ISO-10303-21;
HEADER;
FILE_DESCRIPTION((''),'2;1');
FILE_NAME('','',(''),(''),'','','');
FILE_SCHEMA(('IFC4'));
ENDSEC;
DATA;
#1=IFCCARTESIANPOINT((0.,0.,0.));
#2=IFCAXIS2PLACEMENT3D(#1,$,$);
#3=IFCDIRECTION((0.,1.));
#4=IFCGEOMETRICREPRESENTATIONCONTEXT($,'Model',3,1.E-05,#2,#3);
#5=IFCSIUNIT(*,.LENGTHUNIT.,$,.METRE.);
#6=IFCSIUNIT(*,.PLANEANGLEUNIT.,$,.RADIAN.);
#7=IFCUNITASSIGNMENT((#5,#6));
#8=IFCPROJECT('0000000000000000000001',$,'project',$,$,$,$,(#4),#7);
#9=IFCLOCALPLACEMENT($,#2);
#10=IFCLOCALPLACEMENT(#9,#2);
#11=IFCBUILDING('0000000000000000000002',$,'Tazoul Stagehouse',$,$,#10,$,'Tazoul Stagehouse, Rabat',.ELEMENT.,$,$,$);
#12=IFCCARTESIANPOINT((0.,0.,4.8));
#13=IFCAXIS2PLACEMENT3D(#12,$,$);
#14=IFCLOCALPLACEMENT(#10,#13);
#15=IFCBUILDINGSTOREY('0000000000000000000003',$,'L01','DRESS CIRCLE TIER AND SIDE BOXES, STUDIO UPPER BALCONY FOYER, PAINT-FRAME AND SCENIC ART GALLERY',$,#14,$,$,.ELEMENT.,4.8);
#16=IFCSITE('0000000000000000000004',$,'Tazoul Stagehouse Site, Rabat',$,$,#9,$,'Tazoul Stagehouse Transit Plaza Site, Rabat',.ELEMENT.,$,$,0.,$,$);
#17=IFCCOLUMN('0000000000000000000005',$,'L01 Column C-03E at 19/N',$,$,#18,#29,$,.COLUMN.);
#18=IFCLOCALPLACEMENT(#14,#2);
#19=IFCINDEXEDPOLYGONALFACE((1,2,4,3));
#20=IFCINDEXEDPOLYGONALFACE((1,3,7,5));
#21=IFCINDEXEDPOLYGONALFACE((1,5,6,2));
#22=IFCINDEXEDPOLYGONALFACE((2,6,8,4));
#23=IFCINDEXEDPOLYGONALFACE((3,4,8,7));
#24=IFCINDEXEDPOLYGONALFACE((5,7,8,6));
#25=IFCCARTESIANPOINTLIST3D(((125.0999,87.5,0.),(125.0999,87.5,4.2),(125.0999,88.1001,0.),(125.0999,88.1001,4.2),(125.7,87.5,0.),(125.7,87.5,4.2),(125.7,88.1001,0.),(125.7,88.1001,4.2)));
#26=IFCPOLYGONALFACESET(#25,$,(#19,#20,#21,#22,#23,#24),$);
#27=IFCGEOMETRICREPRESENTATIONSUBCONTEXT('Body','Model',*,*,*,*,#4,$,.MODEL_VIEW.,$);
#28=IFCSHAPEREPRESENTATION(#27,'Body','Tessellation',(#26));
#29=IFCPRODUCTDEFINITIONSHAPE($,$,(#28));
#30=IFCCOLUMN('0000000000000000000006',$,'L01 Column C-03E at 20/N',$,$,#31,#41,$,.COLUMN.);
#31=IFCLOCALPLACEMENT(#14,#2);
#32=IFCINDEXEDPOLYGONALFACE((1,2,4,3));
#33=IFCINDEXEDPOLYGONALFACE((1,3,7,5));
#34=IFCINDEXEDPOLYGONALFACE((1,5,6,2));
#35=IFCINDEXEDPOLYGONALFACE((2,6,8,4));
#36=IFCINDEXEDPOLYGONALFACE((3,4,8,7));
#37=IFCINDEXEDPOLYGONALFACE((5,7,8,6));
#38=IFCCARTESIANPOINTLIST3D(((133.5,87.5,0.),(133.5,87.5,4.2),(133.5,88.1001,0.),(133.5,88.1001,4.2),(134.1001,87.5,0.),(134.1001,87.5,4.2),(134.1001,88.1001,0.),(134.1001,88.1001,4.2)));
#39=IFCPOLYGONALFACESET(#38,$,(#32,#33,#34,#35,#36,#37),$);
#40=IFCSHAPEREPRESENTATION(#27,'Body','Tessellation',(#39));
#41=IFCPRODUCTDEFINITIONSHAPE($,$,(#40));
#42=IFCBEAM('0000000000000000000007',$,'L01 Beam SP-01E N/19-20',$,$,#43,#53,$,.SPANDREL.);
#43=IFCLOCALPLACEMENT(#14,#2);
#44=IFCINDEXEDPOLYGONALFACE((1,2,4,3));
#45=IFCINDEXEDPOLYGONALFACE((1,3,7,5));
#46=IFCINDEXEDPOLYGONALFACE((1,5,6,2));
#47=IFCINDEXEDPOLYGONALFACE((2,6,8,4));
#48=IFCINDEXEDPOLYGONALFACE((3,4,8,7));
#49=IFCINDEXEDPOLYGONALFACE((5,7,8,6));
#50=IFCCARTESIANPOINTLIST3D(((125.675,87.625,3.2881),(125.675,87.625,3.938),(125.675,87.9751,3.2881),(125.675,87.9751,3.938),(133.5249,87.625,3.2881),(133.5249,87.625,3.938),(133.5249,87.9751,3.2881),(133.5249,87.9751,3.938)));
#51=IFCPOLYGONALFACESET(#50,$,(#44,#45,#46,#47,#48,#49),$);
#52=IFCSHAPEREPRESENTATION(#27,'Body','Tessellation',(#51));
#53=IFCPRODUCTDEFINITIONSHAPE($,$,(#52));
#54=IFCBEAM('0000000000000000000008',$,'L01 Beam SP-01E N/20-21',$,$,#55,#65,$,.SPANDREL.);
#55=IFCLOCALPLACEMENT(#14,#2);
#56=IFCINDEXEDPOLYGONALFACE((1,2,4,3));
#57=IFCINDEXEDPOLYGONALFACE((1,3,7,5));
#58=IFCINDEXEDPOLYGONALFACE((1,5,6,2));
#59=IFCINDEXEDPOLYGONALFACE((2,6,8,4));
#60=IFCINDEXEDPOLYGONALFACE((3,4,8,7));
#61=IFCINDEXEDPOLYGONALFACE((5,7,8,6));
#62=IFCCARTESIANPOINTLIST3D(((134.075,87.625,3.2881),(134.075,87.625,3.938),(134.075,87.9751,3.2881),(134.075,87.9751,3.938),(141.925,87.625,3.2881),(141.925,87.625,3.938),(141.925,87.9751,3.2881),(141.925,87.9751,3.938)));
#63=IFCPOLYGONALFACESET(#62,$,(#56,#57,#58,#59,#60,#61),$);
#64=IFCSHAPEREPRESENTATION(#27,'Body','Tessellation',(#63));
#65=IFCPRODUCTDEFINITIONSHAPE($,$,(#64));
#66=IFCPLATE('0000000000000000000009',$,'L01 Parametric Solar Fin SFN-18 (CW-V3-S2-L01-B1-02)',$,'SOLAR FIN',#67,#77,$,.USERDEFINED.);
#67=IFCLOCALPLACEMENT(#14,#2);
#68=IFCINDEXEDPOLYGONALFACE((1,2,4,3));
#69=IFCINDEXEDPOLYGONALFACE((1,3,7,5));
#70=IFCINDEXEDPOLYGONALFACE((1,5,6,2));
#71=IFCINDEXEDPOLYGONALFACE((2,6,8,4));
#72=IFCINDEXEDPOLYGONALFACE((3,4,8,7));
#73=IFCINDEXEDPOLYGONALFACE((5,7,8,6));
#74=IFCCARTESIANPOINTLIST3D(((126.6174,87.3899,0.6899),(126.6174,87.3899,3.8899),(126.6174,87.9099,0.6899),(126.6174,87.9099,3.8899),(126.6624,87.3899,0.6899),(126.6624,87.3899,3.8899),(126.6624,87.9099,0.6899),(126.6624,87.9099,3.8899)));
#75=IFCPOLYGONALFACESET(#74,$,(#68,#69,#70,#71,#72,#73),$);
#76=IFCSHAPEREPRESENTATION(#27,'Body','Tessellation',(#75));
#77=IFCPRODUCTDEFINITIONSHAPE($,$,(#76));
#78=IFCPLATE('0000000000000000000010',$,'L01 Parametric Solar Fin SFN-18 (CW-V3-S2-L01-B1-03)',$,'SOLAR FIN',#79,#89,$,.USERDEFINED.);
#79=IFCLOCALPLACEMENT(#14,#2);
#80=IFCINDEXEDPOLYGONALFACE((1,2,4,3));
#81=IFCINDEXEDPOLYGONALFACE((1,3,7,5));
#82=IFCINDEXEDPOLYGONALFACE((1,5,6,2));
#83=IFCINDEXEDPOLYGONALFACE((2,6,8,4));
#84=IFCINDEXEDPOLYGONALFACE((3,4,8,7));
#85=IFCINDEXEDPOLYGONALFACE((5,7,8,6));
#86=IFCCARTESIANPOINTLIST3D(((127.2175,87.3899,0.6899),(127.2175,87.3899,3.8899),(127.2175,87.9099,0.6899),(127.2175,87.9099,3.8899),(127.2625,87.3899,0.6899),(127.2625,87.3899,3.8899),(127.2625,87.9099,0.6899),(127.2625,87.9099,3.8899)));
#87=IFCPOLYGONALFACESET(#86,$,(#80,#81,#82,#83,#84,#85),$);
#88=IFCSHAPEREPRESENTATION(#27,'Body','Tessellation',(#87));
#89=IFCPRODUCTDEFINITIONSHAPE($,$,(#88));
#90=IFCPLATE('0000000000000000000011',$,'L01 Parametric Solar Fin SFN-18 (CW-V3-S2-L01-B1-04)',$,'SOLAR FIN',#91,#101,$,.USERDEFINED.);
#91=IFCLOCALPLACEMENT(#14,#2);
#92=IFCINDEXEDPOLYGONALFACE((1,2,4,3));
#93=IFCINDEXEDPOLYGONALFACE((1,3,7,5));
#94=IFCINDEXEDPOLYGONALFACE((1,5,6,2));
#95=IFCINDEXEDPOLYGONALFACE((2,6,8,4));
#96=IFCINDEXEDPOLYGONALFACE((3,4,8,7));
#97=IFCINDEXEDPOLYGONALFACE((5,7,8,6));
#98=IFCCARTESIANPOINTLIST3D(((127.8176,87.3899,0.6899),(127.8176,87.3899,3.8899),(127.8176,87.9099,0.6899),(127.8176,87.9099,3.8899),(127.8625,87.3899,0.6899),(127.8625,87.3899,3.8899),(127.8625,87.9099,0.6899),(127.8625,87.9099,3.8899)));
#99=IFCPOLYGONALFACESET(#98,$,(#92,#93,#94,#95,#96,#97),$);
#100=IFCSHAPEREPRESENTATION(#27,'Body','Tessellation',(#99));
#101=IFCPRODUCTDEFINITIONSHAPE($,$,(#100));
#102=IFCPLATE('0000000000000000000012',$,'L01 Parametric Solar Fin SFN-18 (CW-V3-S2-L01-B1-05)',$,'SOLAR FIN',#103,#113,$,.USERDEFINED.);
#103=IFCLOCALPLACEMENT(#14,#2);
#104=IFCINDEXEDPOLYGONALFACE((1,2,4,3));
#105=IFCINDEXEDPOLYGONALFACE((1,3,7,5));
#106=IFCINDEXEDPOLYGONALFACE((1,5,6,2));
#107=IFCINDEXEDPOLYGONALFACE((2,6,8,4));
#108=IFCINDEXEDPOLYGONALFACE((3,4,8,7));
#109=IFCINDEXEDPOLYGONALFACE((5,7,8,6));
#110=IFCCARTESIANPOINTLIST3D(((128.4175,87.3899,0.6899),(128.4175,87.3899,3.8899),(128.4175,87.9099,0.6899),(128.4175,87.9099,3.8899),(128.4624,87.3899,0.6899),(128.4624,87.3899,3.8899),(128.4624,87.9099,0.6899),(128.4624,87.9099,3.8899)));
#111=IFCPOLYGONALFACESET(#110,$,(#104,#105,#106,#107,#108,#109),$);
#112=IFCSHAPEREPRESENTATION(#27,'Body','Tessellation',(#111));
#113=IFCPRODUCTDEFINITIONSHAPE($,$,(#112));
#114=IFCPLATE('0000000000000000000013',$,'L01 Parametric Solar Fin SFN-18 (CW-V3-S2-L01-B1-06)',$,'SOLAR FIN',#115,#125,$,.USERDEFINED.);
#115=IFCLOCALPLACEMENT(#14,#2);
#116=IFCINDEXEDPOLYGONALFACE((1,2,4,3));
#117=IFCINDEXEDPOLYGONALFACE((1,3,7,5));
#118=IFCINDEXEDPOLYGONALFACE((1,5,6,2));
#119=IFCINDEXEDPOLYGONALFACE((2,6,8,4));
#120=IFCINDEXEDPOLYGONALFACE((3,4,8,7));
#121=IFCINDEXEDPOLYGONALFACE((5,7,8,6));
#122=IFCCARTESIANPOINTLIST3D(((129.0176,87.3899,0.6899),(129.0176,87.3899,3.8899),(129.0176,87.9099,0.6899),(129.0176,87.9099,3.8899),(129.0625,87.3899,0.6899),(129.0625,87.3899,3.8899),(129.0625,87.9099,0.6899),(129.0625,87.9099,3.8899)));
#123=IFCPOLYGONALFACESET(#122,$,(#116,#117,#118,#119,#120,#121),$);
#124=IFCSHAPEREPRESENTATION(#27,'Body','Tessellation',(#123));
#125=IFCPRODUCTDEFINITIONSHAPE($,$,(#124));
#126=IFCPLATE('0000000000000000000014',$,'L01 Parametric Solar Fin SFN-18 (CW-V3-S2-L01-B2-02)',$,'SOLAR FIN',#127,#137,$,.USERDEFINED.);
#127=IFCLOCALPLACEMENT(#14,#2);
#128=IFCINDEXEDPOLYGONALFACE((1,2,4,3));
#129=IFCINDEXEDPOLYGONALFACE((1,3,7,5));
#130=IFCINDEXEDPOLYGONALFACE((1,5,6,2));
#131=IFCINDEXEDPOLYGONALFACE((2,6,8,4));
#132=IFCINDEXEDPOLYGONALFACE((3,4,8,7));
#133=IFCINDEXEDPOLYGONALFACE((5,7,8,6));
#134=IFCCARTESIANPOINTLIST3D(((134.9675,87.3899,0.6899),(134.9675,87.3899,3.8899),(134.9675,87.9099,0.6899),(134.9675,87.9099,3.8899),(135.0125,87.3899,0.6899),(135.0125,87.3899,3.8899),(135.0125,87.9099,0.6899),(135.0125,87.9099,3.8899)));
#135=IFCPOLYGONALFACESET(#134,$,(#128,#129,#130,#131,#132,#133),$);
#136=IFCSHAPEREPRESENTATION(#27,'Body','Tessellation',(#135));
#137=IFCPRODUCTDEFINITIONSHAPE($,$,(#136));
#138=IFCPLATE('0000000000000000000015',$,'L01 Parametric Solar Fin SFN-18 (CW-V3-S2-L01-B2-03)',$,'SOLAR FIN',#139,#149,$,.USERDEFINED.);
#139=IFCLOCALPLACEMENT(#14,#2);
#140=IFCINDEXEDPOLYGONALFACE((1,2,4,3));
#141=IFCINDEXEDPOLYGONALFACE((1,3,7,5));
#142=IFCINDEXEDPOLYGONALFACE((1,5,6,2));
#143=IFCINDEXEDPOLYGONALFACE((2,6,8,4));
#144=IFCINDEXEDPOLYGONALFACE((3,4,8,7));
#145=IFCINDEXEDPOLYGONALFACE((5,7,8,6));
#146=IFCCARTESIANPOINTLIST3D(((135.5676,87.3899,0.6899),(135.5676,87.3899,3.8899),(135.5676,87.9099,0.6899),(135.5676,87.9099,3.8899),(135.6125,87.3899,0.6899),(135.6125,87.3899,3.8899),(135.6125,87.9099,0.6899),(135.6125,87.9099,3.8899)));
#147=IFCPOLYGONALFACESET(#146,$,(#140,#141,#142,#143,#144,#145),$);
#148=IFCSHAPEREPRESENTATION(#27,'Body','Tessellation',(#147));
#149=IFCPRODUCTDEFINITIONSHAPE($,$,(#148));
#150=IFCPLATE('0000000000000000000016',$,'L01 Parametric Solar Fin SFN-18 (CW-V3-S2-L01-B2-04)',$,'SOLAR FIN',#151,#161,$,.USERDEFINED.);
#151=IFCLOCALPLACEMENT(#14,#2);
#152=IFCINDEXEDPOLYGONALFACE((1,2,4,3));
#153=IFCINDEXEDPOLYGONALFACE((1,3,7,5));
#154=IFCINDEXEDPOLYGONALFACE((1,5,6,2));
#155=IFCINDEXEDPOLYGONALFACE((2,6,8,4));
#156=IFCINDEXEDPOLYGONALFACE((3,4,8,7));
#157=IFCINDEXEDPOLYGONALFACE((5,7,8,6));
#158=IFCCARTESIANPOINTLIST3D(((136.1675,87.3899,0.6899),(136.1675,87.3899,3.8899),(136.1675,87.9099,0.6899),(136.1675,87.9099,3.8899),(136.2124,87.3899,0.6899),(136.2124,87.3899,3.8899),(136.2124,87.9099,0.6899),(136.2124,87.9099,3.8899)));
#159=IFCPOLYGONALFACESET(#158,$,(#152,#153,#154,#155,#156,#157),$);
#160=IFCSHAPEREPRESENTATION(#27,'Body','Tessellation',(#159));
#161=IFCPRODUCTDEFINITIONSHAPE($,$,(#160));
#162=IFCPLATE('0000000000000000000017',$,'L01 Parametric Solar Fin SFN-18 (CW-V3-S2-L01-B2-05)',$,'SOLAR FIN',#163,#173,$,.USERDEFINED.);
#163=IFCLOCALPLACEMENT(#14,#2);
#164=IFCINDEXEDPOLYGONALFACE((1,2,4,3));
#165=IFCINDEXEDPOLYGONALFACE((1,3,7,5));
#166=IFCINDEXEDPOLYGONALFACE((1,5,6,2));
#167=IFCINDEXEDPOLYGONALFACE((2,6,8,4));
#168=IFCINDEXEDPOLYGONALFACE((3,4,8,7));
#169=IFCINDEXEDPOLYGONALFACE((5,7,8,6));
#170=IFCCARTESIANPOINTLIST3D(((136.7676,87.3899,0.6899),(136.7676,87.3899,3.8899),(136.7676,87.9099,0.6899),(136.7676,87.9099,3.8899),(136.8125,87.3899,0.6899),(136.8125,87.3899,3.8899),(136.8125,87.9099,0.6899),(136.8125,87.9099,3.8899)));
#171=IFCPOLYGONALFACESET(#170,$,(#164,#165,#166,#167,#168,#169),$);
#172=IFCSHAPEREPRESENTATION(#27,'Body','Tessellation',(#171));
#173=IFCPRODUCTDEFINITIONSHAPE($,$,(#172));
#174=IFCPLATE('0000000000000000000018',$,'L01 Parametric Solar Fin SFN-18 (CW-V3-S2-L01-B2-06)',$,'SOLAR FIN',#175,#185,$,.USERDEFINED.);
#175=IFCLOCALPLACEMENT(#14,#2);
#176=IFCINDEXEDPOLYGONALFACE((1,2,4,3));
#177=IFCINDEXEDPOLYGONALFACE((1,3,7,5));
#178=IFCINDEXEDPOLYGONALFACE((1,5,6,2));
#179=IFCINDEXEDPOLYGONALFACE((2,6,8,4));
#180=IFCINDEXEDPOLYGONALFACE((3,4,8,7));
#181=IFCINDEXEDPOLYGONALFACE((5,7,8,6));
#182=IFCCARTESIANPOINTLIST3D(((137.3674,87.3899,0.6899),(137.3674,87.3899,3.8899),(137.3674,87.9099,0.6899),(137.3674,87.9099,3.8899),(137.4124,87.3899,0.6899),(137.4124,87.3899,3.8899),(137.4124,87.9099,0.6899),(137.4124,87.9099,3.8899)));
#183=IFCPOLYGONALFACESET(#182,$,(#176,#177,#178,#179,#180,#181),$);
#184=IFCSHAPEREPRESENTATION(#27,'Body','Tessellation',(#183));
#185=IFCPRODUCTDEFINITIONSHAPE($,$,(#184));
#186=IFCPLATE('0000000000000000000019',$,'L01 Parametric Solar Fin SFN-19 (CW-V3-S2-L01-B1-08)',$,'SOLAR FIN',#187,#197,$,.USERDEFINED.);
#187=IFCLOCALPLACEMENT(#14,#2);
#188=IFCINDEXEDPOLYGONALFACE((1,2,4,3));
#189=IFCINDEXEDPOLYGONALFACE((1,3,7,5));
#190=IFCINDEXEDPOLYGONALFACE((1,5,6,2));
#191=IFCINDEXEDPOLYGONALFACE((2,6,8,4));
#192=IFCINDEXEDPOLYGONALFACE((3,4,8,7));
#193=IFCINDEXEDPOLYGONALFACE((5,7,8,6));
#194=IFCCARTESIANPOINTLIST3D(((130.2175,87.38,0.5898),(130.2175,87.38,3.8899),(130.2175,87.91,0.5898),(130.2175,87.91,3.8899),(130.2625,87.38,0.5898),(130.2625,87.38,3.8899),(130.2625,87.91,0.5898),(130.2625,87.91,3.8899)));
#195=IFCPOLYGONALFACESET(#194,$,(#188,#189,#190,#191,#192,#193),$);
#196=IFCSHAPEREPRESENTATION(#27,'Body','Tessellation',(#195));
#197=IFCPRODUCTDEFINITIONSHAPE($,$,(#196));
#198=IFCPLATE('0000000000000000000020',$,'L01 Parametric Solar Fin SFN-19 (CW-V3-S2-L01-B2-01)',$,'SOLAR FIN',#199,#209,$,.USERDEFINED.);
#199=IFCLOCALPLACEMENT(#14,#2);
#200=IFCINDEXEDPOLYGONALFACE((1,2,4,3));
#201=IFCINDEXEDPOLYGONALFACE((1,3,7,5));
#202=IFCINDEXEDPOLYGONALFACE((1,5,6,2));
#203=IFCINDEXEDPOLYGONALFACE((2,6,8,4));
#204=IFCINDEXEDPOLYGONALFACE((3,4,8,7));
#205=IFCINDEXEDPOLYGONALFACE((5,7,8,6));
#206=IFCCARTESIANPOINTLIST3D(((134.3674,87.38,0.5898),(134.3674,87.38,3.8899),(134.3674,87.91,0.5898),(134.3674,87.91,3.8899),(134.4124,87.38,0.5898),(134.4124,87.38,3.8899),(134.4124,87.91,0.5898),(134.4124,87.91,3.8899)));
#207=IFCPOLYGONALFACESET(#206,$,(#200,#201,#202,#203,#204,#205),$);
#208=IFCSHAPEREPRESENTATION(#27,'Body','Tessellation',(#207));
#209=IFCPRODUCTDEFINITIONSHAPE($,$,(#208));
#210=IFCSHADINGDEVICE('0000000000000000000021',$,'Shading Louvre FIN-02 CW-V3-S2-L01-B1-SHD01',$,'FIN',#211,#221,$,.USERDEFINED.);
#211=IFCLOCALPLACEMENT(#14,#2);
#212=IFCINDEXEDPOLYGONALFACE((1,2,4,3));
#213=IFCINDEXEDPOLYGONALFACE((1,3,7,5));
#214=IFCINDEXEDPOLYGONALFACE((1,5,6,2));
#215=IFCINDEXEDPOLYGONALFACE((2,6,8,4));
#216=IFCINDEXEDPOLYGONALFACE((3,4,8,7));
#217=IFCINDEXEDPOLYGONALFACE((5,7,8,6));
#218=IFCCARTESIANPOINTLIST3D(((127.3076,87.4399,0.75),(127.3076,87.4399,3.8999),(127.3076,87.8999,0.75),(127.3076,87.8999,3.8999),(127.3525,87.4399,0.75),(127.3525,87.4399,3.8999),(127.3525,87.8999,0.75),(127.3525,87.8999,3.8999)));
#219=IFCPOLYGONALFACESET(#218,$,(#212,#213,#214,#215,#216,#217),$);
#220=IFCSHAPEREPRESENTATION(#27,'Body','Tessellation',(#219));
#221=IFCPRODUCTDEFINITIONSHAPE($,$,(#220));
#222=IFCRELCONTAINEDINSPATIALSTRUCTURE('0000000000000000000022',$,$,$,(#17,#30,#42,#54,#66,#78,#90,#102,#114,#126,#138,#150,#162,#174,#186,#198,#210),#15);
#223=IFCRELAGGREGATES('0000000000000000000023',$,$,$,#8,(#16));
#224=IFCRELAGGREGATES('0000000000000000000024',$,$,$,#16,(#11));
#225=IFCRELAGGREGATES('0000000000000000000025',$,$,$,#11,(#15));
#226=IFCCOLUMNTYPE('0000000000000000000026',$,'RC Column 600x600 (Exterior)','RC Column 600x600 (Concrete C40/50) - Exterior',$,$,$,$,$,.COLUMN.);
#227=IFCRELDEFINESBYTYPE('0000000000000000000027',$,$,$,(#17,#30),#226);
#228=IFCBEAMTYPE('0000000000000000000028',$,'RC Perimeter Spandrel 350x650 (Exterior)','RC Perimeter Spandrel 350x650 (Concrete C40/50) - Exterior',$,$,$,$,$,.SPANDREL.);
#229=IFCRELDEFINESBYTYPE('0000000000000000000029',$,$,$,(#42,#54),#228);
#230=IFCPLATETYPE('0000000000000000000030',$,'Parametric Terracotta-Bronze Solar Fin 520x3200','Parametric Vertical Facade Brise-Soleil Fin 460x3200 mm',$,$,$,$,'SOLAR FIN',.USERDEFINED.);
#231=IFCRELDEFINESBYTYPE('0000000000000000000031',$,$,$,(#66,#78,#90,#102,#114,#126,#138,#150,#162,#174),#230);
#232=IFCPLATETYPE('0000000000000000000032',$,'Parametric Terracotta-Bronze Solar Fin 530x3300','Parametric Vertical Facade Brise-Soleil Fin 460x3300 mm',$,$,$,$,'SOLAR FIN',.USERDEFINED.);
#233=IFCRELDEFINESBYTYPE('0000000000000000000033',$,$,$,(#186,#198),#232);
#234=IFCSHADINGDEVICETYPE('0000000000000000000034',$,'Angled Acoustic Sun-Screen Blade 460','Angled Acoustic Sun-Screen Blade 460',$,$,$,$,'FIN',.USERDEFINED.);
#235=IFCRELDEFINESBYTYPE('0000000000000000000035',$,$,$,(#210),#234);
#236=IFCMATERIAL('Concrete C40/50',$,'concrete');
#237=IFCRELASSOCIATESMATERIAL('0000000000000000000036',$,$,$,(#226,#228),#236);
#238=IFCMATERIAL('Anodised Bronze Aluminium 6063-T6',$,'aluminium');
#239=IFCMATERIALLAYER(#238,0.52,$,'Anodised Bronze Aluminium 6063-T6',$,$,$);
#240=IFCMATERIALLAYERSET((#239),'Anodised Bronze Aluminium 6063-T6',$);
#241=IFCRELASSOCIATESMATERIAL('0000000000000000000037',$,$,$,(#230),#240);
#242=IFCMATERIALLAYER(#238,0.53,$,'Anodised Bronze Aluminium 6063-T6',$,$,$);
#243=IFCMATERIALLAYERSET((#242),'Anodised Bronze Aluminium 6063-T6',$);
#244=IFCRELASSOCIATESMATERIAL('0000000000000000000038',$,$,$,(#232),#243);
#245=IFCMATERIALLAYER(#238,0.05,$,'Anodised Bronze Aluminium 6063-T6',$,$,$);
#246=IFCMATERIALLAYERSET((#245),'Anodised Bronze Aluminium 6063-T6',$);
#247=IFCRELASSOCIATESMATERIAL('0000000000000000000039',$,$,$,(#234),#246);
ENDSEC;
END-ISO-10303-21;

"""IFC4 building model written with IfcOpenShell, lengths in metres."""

from ifc_helpers import new_model, si_unit, direction, frame, origin, origin_2d, place, context, subcontext, project, spatial, rectangle, extrude, material, layer, layer_set, material_profile, profile_set, type_object, element, save


model = new_model("IFC4")

# Units and contexts
model_context = context("Model", 3, precision=1e-05, world=origin(), true_north=direction((0.0, 1.0)))
body_context = subcontext(model_context, "Body", "Model", "MODEL_VIEW")
ifc_project = project(units=[si_unit("LENGTHUNIT", "METRE"), si_unit("PLANEANGLEUNIT", "RADIAN")], contexts=[model_context])

# Site, building, storey
site_placement = place(None, origin())
site = spatial("IfcSite", under=ifc_project, at=site_placement, Name="Tazoul Stagehouse Site, Rabat", LongName="Tazoul Stagehouse Transit Plaza Site, Rabat", CompositionType="ELEMENT", RefElevation=0.0)
building_placement = place(site_placement, origin())
building = spatial("IfcBuilding", under=site, at=building_placement, Name="Tazoul Stagehouse", LongName="Tazoul Stagehouse, Rabat", CompositionType="ELEMENT")
storey_placement = place(building_placement, frame((0.0, 0.0, 4.8)))
storey = spatial("IfcBuildingStorey", under=building, at=storey_placement, Name="L01", Description="DRESS CIRCLE TIER AND SIDE BOXES, STUDIO UPPER BALCONY FOYER, PAINT-FRAME AND SCENIC ART GALLERY", CompositionType="ELEMENT", Elevation=4.8)

# Columns
ifc_material_1 = material(Name="Concrete C40/50", Category="concrete")
ifc_material_profile_1 = material_profile(ifc_material_1, rectangle(XDim=0.6001, YDim=0.6001, at=origin_2d()), Name="RC 600x600")
ifc_profile_set_1 = profile_set([ifc_material_profile_1], Name="Concrete C40/50")
column_type = type_object("IfcColumnType", Name="RC Column 600x600 (Exterior)", Description="RC Column 600x600 (Concrete C40/50) - Exterior", PredefinedType="COLUMN", material=ifc_profile_set_1)
for number, where, z_axis, x_axis, name in (
    (1, (125.3999, 87.8, 0.0), (0.0, 0.0, 1.0), (1.0, 0.0, 0.0), "L01 Column C-03E at 19/N"),
    (2, (133.8, 87.8, 0.0), (0.0, 0.0, 1.0), (1.0, 0.0, 0.0), "L01 Column C-03E at 20/N"),
):
    element("IfcColumn", number, at=place(storey_placement, frame(where, z_axis=z_axis, x_axis=x_axis)), inside=storey, type_object=column_type, Name=name, PredefinedType="COLUMN", context=body_context, shape_type="SweptSolid", body=[
        extrude(rectangle(XDim=0.6001, YDim=0.6001, at=origin_2d()), origin(), (0.0, 0.0, 1.0), 4.2),
    ])

# Beams
ifc_material_profile_2 = material_profile(ifc_material_1, rectangle(XDim=0.3501, YDim=0.6499, at=origin_2d()), Name="RC 350x650")
ifc_profile_set_2 = profile_set([ifc_material_profile_2], Name="Concrete C40/50")
beam_type = type_object("IfcBeamType", Name="RC Perimeter Spandrel 350x650 (Exterior)", Description="RC Perimeter Spandrel 350x650 (Concrete C40/50) - Exterior", PredefinedType="SPANDREL", material=ifc_profile_set_2)
beam_1_placement = place(storey_placement, frame((125.675, 87.8, 3.613), z_axis=(1.0, 0.0, 0.0), x_axis=(0.0, 1.0, 0.0)))
element("IfcBeam", 3, at=beam_1_placement, inside=storey, type_object=beam_type, Name="L01 Beam SP-01E N/19-20", PredefinedType="SPANDREL", context=body_context, shape_type="SweptSolid", body=[
    extrude(rectangle(XDim=0.3501, YDim=0.6499, at=origin_2d()), origin(), (0.0, 0.0, 1.0), 7.8499),
])
beam_2_placement = place(storey_placement, frame((134.075, 87.8, 3.613), z_axis=(1.0, 0.0, 0.0), x_axis=(0.0, 1.0, 0.0)))
element("IfcBeam", 4, at=beam_2_placement, inside=storey, type_object=beam_type, Name="L01 Beam SP-01E N/20-21", PredefinedType="SPANDREL", context=body_context, shape_type="SweptSolid", body=[
    extrude(rectangle(XDim=0.3501, YDim=0.6499, at=origin_2d()), origin(), (0.0, 0.0, 1.0), 7.8501),
])

# Plates
ifc_material_2 = material(Name="Anodised Bronze Aluminium 6063-T6", Category="aluminium")
ifc_layer_1 = layer(ifc_material_2, 0.52, Name="Anodised Bronze Aluminium 6063-T6")
ifc_layer_set_1 = layer_set([ifc_layer_1], Name="Anodised Bronze Aluminium 6063-T6")
plate_type_1 = type_object("IfcPlateType", Name="Parametric Terracotta-Bronze Solar Fin 520x3200", Description="Parametric Vertical Facade Brise-Soleil Fin 460x3200 mm", ElementType="SOLAR FIN", PredefinedType="USERDEFINED", material=ifc_layer_set_1)
for number, where, z_axis, x_axis, name in (
    (5, (126.6399, 87.6499, 0.6899), (0.0, 0.0, 1.0), (1.0, 0.0, 0.0), "L01 Parametric Solar Fin SFN-18 (CW-V3-S2-L01-B1-02)"),
    (6, (127.24, 87.6499, 0.6899), (0.0, 0.0, 1.0), (1.0, 0.0, 0.0), "L01 Parametric Solar Fin SFN-18 (CW-V3-S2-L01-B1-03)"),
    (7, (127.8401, 87.6499, 0.6899), (0.0, 0.0, 1.0), (1.0, 0.0, 0.0), "L01 Parametric Solar Fin SFN-18 (CW-V3-S2-L01-B1-04)"),
    (8, (128.4399, 87.6499, 0.6899), (0.0, 0.0, 1.0), (1.0, 0.0, 0.0), "L01 Parametric Solar Fin SFN-18 (CW-V3-S2-L01-B1-05)"),
    (9, (129.04, 87.6499, 0.6899), (0.0, 0.0, 1.0), (1.0, 0.0, 0.0), "L01 Parametric Solar Fin SFN-18 (CW-V3-S2-L01-B1-06)"),
    (10, (134.99, 87.6499, 0.6899), (0.0, 0.0, 1.0), (1.0, 0.0, 0.0), "L01 Parametric Solar Fin SFN-18 (CW-V3-S2-L01-B2-02)"),
    (11, (135.5901, 87.6499, 0.6899), (0.0, 0.0, 1.0), (1.0, 0.0, 0.0), "L01 Parametric Solar Fin SFN-18 (CW-V3-S2-L01-B2-03)"),
    (12, (136.1899, 87.6499, 0.6899), (0.0, 0.0, 1.0), (1.0, 0.0, 0.0), "L01 Parametric Solar Fin SFN-18 (CW-V3-S2-L01-B2-04)"),
    (13, (136.79, 87.6499, 0.6899), (0.0, 0.0, 1.0), (1.0, 0.0, 0.0), "L01 Parametric Solar Fin SFN-18 (CW-V3-S2-L01-B2-05)"),
    (14, (137.3899, 87.6499, 0.6899), (0.0, 0.0, 1.0), (1.0, 0.0, 0.0), "L01 Parametric Solar Fin SFN-18 (CW-V3-S2-L01-B2-06)"),
):
    element("IfcPlate", number, at=place(storey_placement, frame(where, z_axis=z_axis, x_axis=x_axis)), inside=storey, type_object=plate_type_1, Name=name, ObjectType="SOLAR FIN", PredefinedType="USERDEFINED", context=body_context, shape_type="SweptSolid", body=[
        extrude(rectangle(XDim=0.0449, YDim=0.52, at=origin_2d()), origin(), (0.0, 0.0, 1.0), 3.2),
    ])
ifc_layer_2 = layer(ifc_material_2, 0.53, Name="Anodised Bronze Aluminium 6063-T6")
ifc_layer_set_2 = layer_set([ifc_layer_2], Name="Anodised Bronze Aluminium 6063-T6")
plate_type_2 = type_object("IfcPlateType", Name="Parametric Terracotta-Bronze Solar Fin 530x3300", Description="Parametric Vertical Facade Brise-Soleil Fin 460x3300 mm", ElementType="SOLAR FIN", PredefinedType="USERDEFINED", material=ifc_layer_set_2)
for number, where, z_axis, x_axis, name in (
    (15, (130.24, 87.645, 0.5898), (0.0, 0.0, 1.0), (1.0, 0.0, 0.0), "L01 Parametric Solar Fin SFN-19 (CW-V3-S2-L01-B1-08)"),
    (16, (134.3899, 87.645, 0.5898), (0.0, 0.0, 1.0), (1.0, 0.0, 0.0), "L01 Parametric Solar Fin SFN-19 (CW-V3-S2-L01-B2-01)"),
):
    element("IfcPlate", number, at=place(storey_placement, frame(where, z_axis=z_axis, x_axis=x_axis)), inside=storey, type_object=plate_type_2, Name=name, ObjectType="SOLAR FIN", PredefinedType="USERDEFINED", context=body_context, shape_type="SweptSolid", body=[
        extrude(rectangle(XDim=0.0449, YDim=0.53, at=origin_2d()), origin(), (0.0, 0.0, 1.0), 3.3),
    ])

# Shading device
ifc_layer_3 = layer(ifc_material_2, 0.05, Name="Anodised Bronze Aluminium 6063-T6")
ifc_layer_set_3 = layer_set([ifc_layer_3], Name="Anodised Bronze Aluminium 6063-T6")
shading_device_type_1 = type_object("IfcShadingDeviceType", Name="Angled Acoustic Sun-Screen Blade 460", Description="Angled Acoustic Sun-Screen Blade 460", ElementType="FIN", PredefinedType="USERDEFINED", material=ifc_layer_set_3)
for number, where, z_axis, x_axis, name in (
    (17, (127.3301, 87.6699, 0.75), (0.0, 0.0, 1.0), (1.0, 0.0, 0.0), "Shading Louvre FIN-02 CW-V3-S2-L01-B1-SHD01"),
):
    element("IfcShadingDevice", number, at=place(storey_placement, frame(where, z_axis=z_axis, x_axis=x_axis)), inside=storey, type_object=shading_device_type_1, Name=name, ObjectType="FIN", PredefinedType="USERDEFINED", context=body_context, shape_type="SweptSolid", body=[
        extrude(rectangle(XDim=0.0449, YDim=0.46, at=origin_2d()), origin(), (0.0, 0.0, 1.0), 3.1499),
    ])

save(model, "model.ifc")
